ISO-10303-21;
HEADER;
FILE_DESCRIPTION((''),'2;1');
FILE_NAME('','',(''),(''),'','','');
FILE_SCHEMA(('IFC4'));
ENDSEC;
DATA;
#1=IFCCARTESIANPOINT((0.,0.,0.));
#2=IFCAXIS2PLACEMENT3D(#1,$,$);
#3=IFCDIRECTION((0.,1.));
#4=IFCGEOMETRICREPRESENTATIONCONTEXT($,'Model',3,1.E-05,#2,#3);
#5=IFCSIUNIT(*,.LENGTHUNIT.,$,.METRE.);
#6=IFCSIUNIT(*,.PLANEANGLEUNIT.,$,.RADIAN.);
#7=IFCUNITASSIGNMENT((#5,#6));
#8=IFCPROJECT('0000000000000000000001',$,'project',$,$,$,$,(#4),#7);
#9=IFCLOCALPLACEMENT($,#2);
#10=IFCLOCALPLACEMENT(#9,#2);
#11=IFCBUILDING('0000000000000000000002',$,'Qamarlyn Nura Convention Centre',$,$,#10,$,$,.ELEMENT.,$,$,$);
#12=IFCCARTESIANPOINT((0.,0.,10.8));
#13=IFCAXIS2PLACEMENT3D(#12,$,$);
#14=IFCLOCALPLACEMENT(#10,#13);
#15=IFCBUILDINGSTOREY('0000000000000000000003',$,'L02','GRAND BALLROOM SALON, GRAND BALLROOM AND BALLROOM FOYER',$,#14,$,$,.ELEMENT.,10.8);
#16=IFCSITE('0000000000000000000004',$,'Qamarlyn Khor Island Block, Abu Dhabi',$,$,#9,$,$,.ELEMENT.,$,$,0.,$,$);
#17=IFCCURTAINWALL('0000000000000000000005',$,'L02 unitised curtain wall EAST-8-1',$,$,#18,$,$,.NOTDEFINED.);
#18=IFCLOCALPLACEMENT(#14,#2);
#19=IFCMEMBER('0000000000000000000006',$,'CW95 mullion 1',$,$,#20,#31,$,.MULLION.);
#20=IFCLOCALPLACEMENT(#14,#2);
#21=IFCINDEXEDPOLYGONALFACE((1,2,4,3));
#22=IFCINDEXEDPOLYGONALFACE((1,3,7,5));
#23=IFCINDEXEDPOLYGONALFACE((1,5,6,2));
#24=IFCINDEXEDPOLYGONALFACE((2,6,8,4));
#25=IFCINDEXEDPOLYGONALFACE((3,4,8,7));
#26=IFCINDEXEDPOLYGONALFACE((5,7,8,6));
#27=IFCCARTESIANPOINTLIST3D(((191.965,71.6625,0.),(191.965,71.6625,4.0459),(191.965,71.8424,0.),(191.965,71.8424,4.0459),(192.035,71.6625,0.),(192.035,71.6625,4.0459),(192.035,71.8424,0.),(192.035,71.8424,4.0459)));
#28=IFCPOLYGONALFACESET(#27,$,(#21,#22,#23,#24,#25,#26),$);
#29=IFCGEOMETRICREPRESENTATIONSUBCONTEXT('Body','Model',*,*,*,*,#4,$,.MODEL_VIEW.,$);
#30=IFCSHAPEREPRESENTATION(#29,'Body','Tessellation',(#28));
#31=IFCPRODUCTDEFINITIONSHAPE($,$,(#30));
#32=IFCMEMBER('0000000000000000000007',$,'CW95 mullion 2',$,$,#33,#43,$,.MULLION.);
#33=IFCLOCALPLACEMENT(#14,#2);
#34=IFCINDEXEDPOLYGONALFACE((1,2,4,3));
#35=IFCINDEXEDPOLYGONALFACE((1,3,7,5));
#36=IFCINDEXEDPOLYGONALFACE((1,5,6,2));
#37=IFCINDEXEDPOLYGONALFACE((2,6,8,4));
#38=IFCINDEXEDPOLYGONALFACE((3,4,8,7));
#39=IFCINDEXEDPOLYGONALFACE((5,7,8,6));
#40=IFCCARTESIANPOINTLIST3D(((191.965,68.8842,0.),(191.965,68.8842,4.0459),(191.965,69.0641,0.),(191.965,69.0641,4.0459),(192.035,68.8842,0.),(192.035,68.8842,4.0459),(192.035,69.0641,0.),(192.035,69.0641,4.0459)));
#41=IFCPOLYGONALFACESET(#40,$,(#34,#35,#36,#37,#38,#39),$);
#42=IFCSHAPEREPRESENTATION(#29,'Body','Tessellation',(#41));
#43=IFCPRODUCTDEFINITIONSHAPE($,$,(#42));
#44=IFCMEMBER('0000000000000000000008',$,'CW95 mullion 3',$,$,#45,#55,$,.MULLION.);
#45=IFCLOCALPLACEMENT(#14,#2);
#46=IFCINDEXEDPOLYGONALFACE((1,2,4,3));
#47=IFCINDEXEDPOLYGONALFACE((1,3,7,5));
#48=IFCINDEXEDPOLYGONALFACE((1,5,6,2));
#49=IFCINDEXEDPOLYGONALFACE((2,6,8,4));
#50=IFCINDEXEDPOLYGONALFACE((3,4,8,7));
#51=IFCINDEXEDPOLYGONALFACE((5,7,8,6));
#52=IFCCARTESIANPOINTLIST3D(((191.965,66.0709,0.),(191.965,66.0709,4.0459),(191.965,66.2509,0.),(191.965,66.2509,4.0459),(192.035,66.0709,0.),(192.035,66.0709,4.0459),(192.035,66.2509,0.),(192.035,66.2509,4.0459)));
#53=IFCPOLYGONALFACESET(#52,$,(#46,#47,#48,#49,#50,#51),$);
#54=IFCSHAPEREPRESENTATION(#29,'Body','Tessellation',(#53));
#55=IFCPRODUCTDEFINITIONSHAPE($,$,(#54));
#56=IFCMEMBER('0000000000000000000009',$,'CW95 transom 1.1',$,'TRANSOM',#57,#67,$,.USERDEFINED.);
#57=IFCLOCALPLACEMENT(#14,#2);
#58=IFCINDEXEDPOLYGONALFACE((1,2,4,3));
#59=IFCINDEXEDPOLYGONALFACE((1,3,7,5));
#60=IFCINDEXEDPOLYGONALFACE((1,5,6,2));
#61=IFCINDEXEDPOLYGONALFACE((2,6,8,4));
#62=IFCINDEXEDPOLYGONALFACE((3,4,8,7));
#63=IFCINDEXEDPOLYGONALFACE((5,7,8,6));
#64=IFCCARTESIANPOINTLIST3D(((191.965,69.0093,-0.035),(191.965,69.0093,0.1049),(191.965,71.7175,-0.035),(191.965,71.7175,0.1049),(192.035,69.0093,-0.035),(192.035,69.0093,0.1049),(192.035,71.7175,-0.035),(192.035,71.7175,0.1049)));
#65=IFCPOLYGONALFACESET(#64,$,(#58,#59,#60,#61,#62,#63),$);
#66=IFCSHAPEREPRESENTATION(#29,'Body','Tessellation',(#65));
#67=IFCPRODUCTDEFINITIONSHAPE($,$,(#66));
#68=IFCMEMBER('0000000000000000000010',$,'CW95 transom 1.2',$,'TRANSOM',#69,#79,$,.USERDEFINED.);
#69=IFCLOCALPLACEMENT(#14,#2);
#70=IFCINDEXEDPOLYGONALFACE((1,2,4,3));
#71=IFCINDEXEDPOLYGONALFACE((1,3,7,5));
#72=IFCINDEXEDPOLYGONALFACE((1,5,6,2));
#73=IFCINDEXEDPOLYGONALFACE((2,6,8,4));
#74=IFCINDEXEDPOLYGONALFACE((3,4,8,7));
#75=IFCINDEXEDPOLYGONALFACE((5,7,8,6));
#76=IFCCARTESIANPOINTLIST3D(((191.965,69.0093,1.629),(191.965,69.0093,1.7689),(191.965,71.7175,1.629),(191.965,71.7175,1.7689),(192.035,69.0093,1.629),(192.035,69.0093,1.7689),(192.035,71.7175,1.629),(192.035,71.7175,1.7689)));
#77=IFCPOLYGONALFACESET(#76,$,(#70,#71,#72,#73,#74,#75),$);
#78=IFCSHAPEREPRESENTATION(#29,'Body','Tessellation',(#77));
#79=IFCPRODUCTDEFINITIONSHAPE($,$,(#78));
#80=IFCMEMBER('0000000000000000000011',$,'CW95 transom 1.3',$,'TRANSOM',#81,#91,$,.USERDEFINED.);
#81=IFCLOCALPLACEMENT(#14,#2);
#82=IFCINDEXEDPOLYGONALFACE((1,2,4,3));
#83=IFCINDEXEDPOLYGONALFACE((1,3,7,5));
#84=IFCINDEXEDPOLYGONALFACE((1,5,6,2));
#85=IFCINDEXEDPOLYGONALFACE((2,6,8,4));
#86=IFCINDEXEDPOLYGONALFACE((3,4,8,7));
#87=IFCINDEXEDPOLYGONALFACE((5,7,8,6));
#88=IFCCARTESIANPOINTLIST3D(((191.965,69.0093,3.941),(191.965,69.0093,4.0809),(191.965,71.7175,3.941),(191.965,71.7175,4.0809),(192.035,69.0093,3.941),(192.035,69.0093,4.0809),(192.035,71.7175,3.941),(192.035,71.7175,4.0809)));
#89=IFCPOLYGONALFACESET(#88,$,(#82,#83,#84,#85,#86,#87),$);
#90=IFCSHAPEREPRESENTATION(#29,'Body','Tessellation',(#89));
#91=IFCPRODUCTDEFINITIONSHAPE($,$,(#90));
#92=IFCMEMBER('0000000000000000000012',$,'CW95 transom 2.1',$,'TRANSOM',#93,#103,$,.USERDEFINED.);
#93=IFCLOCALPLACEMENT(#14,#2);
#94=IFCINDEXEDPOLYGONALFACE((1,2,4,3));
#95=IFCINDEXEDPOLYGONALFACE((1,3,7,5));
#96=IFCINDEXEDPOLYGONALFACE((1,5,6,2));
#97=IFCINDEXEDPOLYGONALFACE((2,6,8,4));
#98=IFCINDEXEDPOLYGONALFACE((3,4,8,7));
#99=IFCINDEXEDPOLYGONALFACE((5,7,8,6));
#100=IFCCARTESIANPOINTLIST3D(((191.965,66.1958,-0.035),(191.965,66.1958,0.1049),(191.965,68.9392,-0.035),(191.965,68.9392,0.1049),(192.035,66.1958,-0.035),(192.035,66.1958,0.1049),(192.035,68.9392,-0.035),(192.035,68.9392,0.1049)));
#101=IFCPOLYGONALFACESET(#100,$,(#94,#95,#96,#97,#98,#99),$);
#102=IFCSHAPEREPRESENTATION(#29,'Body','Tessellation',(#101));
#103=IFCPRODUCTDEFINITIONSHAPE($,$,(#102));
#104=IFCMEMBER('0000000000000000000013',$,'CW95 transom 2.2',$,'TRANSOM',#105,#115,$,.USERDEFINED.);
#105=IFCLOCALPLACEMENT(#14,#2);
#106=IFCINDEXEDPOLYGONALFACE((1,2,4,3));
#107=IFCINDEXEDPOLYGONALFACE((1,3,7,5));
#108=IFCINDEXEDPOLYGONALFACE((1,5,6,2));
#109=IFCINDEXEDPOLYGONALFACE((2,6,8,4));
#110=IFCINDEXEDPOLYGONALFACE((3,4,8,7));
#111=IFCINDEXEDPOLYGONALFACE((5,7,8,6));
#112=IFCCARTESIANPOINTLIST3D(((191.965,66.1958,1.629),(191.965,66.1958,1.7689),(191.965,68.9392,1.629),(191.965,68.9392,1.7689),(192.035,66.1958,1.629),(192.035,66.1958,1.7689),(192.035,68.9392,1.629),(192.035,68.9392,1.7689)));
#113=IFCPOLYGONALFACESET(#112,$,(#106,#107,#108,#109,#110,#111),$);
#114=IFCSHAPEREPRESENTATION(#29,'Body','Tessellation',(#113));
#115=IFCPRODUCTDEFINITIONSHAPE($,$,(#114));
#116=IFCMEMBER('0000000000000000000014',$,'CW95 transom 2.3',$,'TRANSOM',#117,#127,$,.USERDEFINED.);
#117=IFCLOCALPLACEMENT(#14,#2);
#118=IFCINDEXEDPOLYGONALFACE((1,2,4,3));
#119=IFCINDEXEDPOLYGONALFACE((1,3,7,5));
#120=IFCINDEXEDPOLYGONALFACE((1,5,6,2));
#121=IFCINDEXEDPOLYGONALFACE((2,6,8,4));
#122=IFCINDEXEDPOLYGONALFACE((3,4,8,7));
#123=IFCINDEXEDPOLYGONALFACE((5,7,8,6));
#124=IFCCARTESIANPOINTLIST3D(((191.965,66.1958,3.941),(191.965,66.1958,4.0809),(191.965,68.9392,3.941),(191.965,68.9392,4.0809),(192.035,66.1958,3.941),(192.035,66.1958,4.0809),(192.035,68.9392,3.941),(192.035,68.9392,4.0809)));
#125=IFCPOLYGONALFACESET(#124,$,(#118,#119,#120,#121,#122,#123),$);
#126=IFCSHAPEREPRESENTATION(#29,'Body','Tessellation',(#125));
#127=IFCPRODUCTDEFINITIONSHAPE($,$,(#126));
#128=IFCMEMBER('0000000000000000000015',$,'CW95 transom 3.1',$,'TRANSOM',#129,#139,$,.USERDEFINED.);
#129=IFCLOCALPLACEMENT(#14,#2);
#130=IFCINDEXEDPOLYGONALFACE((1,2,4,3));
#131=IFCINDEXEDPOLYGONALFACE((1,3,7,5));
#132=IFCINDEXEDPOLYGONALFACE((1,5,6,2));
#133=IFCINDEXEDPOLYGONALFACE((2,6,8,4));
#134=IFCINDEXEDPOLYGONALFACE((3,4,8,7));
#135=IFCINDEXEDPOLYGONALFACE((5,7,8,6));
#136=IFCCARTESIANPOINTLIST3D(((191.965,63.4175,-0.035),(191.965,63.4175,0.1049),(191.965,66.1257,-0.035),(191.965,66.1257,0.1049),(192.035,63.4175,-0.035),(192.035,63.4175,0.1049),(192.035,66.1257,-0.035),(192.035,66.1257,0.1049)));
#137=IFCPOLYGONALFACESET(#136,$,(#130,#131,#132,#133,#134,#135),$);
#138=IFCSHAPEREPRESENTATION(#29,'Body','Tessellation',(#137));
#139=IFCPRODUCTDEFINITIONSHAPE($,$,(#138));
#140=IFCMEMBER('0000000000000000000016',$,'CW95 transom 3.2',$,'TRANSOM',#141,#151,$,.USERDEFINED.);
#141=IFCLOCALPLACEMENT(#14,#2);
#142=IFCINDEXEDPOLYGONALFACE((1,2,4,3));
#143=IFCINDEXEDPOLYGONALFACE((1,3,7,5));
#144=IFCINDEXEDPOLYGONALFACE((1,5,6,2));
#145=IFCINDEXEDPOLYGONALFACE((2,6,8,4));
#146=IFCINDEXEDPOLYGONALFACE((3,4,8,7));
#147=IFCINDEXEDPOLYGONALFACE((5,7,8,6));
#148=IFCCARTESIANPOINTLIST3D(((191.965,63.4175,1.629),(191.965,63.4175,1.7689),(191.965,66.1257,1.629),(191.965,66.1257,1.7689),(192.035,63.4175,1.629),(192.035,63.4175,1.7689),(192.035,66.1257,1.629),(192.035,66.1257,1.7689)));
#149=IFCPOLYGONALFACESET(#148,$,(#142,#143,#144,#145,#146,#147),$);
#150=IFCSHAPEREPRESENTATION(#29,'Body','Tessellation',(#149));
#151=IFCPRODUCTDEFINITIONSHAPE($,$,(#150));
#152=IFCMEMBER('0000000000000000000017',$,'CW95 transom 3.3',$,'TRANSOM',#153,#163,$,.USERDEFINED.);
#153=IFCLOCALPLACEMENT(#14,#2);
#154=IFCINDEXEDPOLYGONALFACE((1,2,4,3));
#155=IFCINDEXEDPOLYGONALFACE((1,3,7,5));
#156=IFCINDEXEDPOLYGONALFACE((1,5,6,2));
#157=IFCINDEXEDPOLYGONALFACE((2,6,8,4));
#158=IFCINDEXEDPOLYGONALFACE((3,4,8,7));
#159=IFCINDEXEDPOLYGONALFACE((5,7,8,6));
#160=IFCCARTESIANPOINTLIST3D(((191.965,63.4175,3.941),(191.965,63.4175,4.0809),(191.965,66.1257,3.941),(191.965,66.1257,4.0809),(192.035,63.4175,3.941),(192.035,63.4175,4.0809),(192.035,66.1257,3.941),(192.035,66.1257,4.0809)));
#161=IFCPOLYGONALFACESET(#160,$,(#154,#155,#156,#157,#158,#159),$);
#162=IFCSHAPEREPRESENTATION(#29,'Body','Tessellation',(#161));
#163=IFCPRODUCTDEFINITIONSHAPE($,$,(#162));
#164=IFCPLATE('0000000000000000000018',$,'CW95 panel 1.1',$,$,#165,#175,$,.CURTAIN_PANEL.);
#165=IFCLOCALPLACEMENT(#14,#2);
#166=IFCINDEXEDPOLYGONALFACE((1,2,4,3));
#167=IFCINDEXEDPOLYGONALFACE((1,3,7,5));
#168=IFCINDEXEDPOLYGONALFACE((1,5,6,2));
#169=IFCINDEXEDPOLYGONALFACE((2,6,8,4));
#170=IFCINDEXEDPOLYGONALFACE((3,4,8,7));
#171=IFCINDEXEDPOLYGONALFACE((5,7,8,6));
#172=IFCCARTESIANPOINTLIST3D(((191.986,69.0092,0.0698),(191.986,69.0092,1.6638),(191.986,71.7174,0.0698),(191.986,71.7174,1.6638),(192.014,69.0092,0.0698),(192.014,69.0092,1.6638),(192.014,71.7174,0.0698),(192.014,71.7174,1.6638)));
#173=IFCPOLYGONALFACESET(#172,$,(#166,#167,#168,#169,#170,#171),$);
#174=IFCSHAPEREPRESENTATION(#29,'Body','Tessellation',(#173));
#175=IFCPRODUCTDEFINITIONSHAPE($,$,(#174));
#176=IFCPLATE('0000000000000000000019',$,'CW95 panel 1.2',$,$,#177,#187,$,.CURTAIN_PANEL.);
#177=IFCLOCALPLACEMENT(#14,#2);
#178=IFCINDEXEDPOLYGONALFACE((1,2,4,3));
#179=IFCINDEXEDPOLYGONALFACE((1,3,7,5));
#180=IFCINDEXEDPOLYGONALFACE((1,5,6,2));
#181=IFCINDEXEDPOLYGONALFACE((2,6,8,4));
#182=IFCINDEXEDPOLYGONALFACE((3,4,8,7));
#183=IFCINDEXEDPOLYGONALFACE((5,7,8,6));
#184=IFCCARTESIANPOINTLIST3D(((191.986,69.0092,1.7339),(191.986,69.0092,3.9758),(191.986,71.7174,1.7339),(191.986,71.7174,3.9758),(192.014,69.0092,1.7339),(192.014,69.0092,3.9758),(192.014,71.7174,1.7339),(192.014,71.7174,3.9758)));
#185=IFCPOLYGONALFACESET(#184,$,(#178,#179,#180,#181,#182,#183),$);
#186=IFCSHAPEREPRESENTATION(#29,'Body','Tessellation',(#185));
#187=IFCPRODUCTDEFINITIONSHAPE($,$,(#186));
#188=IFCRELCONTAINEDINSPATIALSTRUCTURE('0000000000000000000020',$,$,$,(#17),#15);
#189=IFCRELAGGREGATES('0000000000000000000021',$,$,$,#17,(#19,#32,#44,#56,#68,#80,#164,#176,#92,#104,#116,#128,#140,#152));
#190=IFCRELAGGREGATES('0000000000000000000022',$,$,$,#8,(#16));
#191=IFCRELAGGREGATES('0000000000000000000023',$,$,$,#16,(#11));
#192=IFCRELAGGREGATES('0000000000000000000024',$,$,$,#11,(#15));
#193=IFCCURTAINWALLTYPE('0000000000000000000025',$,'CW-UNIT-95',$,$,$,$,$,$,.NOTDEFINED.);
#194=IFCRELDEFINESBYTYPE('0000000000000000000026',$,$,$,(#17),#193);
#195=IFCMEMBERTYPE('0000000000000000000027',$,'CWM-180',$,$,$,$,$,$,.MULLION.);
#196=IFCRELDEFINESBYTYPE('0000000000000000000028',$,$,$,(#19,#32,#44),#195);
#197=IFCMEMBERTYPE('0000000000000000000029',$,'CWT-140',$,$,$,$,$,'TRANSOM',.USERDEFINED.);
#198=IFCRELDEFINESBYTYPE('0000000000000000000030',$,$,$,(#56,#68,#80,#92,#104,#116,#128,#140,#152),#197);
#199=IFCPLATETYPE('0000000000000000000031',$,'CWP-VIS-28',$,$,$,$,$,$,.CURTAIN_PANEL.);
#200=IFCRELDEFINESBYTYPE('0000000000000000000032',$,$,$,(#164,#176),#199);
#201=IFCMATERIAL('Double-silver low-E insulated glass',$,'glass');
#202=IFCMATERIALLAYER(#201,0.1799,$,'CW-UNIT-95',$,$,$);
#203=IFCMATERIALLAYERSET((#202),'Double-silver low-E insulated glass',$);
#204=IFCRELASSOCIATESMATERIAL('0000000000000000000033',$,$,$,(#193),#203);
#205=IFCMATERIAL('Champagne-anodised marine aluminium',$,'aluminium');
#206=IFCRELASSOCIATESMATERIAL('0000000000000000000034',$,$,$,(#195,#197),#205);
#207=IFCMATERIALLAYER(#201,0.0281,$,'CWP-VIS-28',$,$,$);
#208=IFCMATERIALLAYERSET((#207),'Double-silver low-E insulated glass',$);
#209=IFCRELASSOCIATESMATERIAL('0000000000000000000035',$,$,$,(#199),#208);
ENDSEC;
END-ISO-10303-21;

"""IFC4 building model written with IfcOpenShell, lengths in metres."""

from ifc_helpers import new_model, si_unit, direction, frame, origin, origin_2d, place, context, subcontext, project, spatial, rectangle, extrude, material, layer, layer_set, material_profile, profile_set, type_object, element, aggregate, save


model = new_model("IFC4")

# Units and contexts
model_context = context("Model", 3, precision=1e-05, world=origin(), true_north=direction((0.0, 1.0)))
body_context = subcontext(model_context, "Body", "Model", "MODEL_VIEW")
ifc_project = project(units=[si_unit("LENGTHUNIT", "METRE"), si_unit("PLANEANGLEUNIT", "RADIAN")], contexts=[model_context])

# Site, building, storey
site_placement = place(None, origin())
site = spatial("IfcSite", under=ifc_project, at=site_placement, Name="Qamarlyn Khor Island Block, Abu Dhabi", CompositionType="ELEMENT", RefElevation=0.0)
building_placement = place(site_placement, origin())
building = spatial("IfcBuilding", under=site, at=building_placement, Name="Qamarlyn Nura Convention Centre", CompositionType="ELEMENT")
storey_placement = place(building_placement, frame((0.0, 0.0, 10.8)))
storey = spatial("IfcBuildingStorey", under=building, at=storey_placement, Name="L02", Description="GRAND BALLROOM SALON, GRAND BALLROOM AND BALLROOM FOYER", CompositionType="ELEMENT", Elevation=10.8)

# Curtain wall, members, plates
ifc_material_1 = material(Name="Double-silver low-E insulated glass", Category="glass")
ifc_layer_1 = layer(ifc_material_1, 0.1799, Name="CW-UNIT-95")
ifc_layer_set_1 = layer_set([ifc_layer_1], Name="Double-silver low-E insulated glass")
curtain_wall_type = type_object("IfcCurtainWallType", Name="CW-UNIT-95", PredefinedType="NOTDEFINED", material=ifc_layer_set_1)
curtain_wall_placement = place(storey_placement, origin())
curtain_wall = element("IfcCurtainWall", 1, at=curtain_wall_placement, inside=storey, type_object=curtain_wall_type, Name="L02 unitised curtain wall EAST-8-1", PredefinedType="NOTDEFINED")
ifc_material_2 = material(Name="Champagne-anodised marine aluminium", Category="aluminium")
ifc_material_profile_1 = material_profile(ifc_material_2, rectangle(XDim=0.0701, YDim=0.1799, at=origin_2d()), Name="ALU MULLION 70x180")
ifc_profile_set_1 = profile_set([ifc_material_profile_1], Name="Champagne-anodised marine aluminium")
member_type_1 = type_object("IfcMemberType", Name="CWM-180", PredefinedType="MULLION", material=ifc_profile_set_1)
member_1_placement = place(storey_placement, frame((192.0, 71.7524, 0.0), z_axis=(0.0, 0.0, 1.0), x_axis=(1.0, 0.0, 0.0)))
member_1 = element("IfcMember", 2, at=member_1_placement, type_object=member_type_1, Name="CW95 mullion 1", PredefinedType="MULLION", context=body_context, shape_type="SweptSolid", body=[
    extrude(rectangle(XDim=0.0701, YDim=0.1799, at=origin_2d()), origin(), (0.0, 0.0, 1.0), 4.0459),
])
member_2_placement = place(storey_placement, frame((192.0, 68.9741, 0.0), z_axis=(0.0, 0.0, 1.0), x_axis=(1.0, 0.0, 0.0)))
member_2 = element("IfcMember", 3, at=member_2_placement, type_object=member_type_1, Name="CW95 mullion 2", PredefinedType="MULLION", context=body_context, shape_type="SweptSolid", body=[
    extrude(rectangle(XDim=0.0701, YDim=0.1799, at=origin_2d()), origin(), (0.0, 0.0, 1.0), 4.0459),
])
member_3_placement = place(storey_placement, frame((192.0, 66.1609, 0.0), z_axis=(0.0, 0.0, 1.0), x_axis=(1.0, 0.0, 0.0)))
member_3 = element("IfcMember", 4, at=member_3_placement, type_object=member_type_1, Name="CW95 mullion 3", PredefinedType="MULLION", context=body_context, shape_type="SweptSolid", body=[
    extrude(rectangle(XDim=0.0701, YDim=0.1799, at=origin_2d()), origin(), (0.0, 0.0, 1.0), 4.0459),
])
ifc_material_profile_2 = material_profile(ifc_material_2, rectangle(XDim=0.0701, YDim=0.1399, at=origin_2d()), Name="ALU TRANSOM 70x140")
ifc_profile_set_2 = profile_set([ifc_material_profile_2], Name="Champagne-anodised marine aluminium")
member_type_2 = type_object("IfcMemberType", Name="CWT-140", ElementType="TRANSOM", PredefinedType="USERDEFINED", material=ifc_profile_set_2)
member_4_placement = place(storey_placement, frame((192.0, 71.7175, 0.0349), z_axis=(0.0, -1.0, 0.0), x_axis=(1.0, 0.0, 0.0)))
member_4 = element("IfcMember", 5, at=member_4_placement, type_object=member_type_2, Name="CW95 transom 1.1", ObjectType="TRANSOM", PredefinedType="USERDEFINED", context=body_context, shape_type="SweptSolid", body=[
    extrude(rectangle(XDim=0.0701, YDim=0.1399, at=origin_2d()), origin(), (0.0, 0.0, 1.0), 2.7083),
])
member_5_placement = place(storey_placement, frame((192.0, 71.7175, 1.699), z_axis=(0.0, -1.0, 0.0), x_axis=(1.0, 0.0, 0.0)))
member_5 = element("IfcMember", 6, at=member_5_placement, type_object=member_type_2, Name="CW95 transom 1.2", ObjectType="TRANSOM", PredefinedType="USERDEFINED", context=body_context, shape_type="SweptSolid", body=[
    extrude(rectangle(XDim=0.0701, YDim=0.1399, at=origin_2d()), origin(), (0.0, 0.0, 1.0), 2.7083),
])
member_6_placement = place(storey_placement, frame((192.0, 71.7175, 4.011), z_axis=(0.0, -1.0, 0.0), x_axis=(1.0, 0.0, 0.0)))
member_6 = element("IfcMember", 7, at=member_6_placement, type_object=member_type_2, Name="CW95 transom 1.3", ObjectType="TRANSOM", PredefinedType="USERDEFINED", context=body_context, shape_type="SweptSolid", body=[
    extrude(rectangle(XDim=0.0701, YDim=0.1399, at=origin_2d()), origin(), (0.0, 0.0, 1.0), 2.7083),
])
member_7_placement = place(storey_placement, frame((192.0, 68.9392, 0.0349), z_axis=(0.0, -1.0, 0.0), x_axis=(1.0, 0.0, 0.0)))
member_7 = element("IfcMember", 8, at=member_7_placement, type_object=member_type_2, Name="CW95 transom 2.1", ObjectType="TRANSOM", PredefinedType="USERDEFINED", context=body_context, shape_type="SweptSolid", body=[
    extrude(rectangle(XDim=0.0701, YDim=0.1399, at=origin_2d()), origin(), (0.0, 0.0, 1.0), 2.7434),
])
member_8_placement = place(storey_placement, frame((192.0, 68.9392, 1.699), z_axis=(0.0, -1.0, 0.0), x_axis=(1.0, 0.0, 0.0)))
member_8 = element("IfcMember", 9, at=member_8_placement, type_object=member_type_2, Name="CW95 transom 2.2", ObjectType="TRANSOM", PredefinedType="USERDEFINED", context=body_context, shape_type="SweptSolid", body=[
    extrude(rectangle(XDim=0.0701, YDim=0.1399, at=origin_2d()), origin(), (0.0, 0.0, 1.0), 2.7434),
])
member_9_placement = place(storey_placement, frame((192.0, 68.9392, 4.011), z_axis=(0.0, -1.0, 0.0), x_axis=(1.0, 0.0, 0.0)))
member_9 = element("IfcMember", 10, at=member_9_placement, type_object=member_type_2, Name="CW95 transom 2.3", ObjectType="TRANSOM", PredefinedType="USERDEFINED", context=body_context, shape_type="SweptSolid", body=[
    extrude(rectangle(XDim=0.0701, YDim=0.1399, at=origin_2d()), origin(), (0.0, 0.0, 1.0), 2.7434),
])
member_10_placement = place(storey_placement, frame((192.0, 66.1257, 0.0349), z_axis=(0.0, -1.0, 0.0), x_axis=(1.0, 0.0, 0.0)))
member_10 = element("IfcMember", 11, at=member_10_placement, type_object=member_type_2, Name="CW95 transom 3.1", ObjectType="TRANSOM", PredefinedType="USERDEFINED", context=body_context, shape_type="SweptSolid", body=[
    extrude(rectangle(XDim=0.0701, YDim=0.1399, at=origin_2d()), origin(), (0.0, 0.0, 1.0), 2.7083),
])
member_11_placement = place(storey_placement, frame((192.0, 66.1257, 1.699), z_axis=(0.0, -1.0, 0.0), x_axis=(1.0, 0.0, 0.0)))
member_11 = element("IfcMember", 12, at=member_11_placement, type_object=member_type_2, Name="CW95 transom 3.2", ObjectType="TRANSOM", PredefinedType="USERDEFINED", context=body_context, shape_type="SweptSolid", body=[
    extrude(rectangle(XDim=0.0701, YDim=0.1399, at=origin_2d()), origin(), (0.0, 0.0, 1.0), 2.7083),
])
member_12_placement = place(storey_placement, frame((192.0, 66.1257, 4.011), z_axis=(0.0, -1.0, 0.0), x_axis=(1.0, 0.0, 0.0)))
member_12 = element("IfcMember", 13, at=member_12_placement, type_object=member_type_2, Name="CW95 transom 3.3", ObjectType="TRANSOM", PredefinedType="USERDEFINED", context=body_context, shape_type="SweptSolid", body=[
    extrude(rectangle(XDim=0.0701, YDim=0.1399, at=origin_2d()), origin(), (0.0, 0.0, 1.0), 2.7083),
])
ifc_layer_2 = layer(ifc_material_1, 0.0281, Name="CWP-VIS-28")
ifc_layer_set_2 = layer_set([ifc_layer_2], Name="Double-silver low-E insulated glass")
plate_type = type_object("IfcPlateType", Name="CWP-VIS-28", PredefinedType="CURTAIN_PANEL", material=ifc_layer_set_2)
plate_1_placement = place(storey_placement, frame((192.0, 70.3633, 0.0698), z_axis=(0.0, 0.0, 1.0), x_axis=(0.0, -1.0, 0.0)))
plate_1 = element("IfcPlate", 14, at=plate_1_placement, type_object=plate_type, Name="CW95 panel 1.1", PredefinedType="CURTAIN_PANEL", context=body_context, shape_type="SweptSolid", body=[
    extrude(rectangle(XDim=2.7083, YDim=0.0281, at=origin_2d()), origin(), (0.0, 0.0, 1.0), 1.594),
])
plate_2_placement = place(storey_placement, frame((192.0, 70.3633, 1.7339), z_axis=(0.0, 0.0, 1.0), x_axis=(0.0, -1.0, 0.0)))
plate_2 = element("IfcPlate", 15, at=plate_2_placement, type_object=plate_type, Name="CW95 panel 1.2", PredefinedType="CURTAIN_PANEL", context=body_context, shape_type="SweptSolid", body=[
    extrude(rectangle(XDim=2.7083, YDim=0.0281, at=origin_2d()), origin(), (0.0, 0.0, 1.0), 2.2419),
])
aggregate(curtain_wall, [member_1, member_2, member_3, member_4, member_5, member_6, plate_1, plate_2, member_7, member_8, member_9, member_10, member_11, member_12])

save(model, "model.ifc")
